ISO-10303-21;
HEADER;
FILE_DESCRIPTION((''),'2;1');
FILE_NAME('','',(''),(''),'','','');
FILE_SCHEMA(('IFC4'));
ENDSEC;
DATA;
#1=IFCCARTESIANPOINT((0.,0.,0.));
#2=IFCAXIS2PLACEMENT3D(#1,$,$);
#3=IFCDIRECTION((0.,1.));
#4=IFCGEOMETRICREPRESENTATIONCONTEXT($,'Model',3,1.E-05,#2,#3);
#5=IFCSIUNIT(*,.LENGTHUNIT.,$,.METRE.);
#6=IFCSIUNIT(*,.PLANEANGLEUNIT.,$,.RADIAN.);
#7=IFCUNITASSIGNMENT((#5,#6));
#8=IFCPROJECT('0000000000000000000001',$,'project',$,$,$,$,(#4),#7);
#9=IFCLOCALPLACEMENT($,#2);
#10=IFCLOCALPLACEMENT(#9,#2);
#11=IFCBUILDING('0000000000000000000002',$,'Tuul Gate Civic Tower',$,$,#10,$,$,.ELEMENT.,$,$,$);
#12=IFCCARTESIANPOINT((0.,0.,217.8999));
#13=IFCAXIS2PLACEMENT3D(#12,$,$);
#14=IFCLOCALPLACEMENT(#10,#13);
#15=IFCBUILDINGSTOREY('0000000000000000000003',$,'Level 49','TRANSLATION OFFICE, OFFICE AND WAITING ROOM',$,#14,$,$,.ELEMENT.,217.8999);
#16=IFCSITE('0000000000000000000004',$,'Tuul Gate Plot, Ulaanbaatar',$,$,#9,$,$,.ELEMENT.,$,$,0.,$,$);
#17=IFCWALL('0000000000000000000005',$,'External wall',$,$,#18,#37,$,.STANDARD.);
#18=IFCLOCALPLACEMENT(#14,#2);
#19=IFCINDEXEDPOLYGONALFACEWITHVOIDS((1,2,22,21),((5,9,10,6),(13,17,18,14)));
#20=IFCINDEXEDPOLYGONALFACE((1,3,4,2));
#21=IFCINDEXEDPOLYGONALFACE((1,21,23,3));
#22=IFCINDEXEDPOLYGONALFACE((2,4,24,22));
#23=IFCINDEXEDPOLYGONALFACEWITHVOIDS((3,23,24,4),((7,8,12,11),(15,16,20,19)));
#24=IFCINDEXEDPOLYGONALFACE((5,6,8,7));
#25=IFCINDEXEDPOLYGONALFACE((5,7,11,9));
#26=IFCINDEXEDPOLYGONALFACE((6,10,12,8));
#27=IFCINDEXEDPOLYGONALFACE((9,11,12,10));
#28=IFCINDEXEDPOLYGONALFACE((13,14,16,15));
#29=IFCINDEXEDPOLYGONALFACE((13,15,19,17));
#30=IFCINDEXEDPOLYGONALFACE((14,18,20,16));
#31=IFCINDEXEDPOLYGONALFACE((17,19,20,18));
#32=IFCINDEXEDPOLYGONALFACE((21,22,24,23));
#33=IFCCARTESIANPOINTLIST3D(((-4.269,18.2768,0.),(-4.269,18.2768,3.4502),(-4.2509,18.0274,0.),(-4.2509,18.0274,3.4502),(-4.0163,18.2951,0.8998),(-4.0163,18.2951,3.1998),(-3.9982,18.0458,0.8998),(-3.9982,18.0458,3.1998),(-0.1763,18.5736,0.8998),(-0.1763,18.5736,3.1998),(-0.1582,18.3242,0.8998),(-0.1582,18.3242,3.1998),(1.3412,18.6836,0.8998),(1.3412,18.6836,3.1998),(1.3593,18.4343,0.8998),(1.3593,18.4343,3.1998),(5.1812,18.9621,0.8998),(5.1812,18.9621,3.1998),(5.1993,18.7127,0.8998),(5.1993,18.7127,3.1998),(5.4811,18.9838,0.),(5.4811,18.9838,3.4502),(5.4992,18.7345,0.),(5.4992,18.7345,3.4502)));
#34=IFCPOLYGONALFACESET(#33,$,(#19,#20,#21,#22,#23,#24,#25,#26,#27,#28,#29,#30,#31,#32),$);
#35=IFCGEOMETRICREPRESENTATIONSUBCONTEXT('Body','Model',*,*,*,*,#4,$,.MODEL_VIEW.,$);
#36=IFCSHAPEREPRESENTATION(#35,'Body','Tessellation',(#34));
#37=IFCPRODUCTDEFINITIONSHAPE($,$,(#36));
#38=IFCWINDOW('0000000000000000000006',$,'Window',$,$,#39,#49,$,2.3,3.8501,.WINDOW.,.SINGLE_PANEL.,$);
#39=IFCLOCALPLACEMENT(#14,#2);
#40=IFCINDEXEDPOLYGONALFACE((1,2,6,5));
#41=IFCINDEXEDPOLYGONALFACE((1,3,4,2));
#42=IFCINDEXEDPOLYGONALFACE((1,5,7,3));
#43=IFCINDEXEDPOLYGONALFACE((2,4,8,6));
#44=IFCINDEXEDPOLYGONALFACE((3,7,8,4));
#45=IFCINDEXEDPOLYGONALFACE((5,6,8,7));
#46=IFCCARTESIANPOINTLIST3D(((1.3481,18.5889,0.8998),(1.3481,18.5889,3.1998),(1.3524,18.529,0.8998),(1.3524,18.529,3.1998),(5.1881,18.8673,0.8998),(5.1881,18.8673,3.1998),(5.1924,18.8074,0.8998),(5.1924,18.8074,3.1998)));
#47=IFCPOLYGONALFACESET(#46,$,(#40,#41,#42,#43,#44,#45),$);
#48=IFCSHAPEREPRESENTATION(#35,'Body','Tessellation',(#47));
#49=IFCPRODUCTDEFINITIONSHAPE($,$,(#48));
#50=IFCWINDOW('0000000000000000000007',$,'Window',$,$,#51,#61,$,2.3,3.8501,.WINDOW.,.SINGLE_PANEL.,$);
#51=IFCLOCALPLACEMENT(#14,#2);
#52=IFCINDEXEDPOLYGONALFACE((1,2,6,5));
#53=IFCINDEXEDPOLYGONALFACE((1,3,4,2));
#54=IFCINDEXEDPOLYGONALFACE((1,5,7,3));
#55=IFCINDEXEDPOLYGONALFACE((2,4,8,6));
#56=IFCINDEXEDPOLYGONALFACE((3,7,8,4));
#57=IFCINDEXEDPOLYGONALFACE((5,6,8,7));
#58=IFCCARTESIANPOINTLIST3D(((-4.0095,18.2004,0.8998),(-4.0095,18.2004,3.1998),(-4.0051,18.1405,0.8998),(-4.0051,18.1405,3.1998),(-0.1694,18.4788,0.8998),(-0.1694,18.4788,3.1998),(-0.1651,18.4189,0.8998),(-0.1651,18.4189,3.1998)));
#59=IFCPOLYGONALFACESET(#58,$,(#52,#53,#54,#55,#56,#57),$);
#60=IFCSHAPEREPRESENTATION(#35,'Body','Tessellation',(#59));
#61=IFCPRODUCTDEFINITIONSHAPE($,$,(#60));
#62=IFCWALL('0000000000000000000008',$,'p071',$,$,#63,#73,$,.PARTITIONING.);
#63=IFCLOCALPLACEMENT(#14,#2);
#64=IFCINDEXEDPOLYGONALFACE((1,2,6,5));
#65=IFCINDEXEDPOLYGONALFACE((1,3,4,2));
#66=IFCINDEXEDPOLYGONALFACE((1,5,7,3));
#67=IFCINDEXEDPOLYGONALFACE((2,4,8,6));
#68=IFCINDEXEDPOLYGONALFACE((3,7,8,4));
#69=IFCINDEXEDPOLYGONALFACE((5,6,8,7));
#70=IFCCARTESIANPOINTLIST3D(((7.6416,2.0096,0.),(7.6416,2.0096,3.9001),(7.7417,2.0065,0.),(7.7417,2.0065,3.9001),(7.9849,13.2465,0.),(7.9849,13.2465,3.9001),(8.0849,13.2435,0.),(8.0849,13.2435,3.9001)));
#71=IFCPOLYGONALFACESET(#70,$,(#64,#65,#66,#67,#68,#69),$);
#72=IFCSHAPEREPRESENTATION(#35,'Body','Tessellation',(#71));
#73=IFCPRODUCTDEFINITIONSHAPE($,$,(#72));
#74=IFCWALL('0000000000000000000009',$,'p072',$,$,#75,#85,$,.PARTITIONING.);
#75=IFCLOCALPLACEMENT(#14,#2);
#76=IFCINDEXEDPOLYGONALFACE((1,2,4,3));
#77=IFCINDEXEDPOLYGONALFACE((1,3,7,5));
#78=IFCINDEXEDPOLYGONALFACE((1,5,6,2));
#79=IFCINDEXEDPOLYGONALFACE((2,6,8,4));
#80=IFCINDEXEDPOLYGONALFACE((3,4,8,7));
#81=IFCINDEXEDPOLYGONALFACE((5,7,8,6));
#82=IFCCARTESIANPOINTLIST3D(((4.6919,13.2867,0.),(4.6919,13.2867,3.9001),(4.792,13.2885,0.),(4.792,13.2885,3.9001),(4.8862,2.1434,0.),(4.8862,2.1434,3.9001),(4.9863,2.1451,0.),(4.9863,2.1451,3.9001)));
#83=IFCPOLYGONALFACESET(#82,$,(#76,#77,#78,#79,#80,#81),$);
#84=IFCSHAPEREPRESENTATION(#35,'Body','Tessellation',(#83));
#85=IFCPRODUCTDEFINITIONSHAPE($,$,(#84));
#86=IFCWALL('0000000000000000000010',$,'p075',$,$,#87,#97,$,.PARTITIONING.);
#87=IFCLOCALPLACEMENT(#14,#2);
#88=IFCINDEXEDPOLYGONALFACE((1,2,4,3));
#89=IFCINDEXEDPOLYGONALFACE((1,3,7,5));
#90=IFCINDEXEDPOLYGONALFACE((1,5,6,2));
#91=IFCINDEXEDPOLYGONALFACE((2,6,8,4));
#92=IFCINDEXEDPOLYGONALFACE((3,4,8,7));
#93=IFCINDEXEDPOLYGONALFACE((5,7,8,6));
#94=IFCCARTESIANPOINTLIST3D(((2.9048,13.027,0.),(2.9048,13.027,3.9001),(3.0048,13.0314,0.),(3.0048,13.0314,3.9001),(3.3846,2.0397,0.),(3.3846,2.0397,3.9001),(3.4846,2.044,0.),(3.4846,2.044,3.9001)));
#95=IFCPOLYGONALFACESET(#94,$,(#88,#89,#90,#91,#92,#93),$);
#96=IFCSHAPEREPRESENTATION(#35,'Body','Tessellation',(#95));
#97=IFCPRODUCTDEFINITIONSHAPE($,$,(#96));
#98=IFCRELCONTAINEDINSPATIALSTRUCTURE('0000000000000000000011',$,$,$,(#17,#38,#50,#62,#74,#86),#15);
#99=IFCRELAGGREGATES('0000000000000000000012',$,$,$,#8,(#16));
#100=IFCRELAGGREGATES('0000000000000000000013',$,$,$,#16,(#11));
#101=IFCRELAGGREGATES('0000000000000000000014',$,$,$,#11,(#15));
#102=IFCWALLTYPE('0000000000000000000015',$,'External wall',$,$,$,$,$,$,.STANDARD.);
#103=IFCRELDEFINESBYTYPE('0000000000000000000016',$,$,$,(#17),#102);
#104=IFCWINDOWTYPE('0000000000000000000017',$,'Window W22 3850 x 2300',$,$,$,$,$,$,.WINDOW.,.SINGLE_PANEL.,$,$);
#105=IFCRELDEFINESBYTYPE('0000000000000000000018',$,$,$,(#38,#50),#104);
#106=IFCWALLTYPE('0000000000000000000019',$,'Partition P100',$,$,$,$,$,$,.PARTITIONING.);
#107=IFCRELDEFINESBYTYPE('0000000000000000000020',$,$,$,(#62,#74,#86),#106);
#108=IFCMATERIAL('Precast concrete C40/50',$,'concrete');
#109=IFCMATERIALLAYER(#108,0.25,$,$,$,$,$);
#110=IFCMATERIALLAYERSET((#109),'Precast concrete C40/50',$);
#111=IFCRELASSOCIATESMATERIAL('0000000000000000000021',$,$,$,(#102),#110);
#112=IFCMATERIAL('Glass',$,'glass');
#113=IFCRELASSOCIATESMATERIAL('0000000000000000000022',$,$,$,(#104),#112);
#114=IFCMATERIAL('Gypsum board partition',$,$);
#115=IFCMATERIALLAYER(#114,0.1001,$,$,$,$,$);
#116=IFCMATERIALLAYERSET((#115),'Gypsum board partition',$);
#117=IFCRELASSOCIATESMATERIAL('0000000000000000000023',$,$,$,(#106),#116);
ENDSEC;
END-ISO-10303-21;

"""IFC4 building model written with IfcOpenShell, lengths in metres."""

from ifc_helpers import new_model, si_unit, direction, frame, frame_2d, origin, place, context, subcontext, project, spatial, rectangle, extrude, material, layer, layer_set, type_object, element, fill, save


model = new_model("IFC4")

# Units and contexts
model_context = context("Model", 3, precision=1e-05, world=origin(), true_north=direction((0.0, 1.0)))
body_context = subcontext(model_context, "Body", "Model", "MODEL_VIEW")
ifc_project = project(units=[si_unit("LENGTHUNIT", "METRE"), si_unit("PLANEANGLEUNIT", "RADIAN")], contexts=[model_context])

# Site, building, storey
site_placement = place(None, origin())
site = spatial("IfcSite", under=ifc_project, at=site_placement, Name="Tuul Gate Plot, Ulaanbaatar", CompositionType="ELEMENT", RefElevation=0.0)
building_placement = place(site_placement, origin())
building = spatial("IfcBuilding", under=site, at=building_placement, Name="Tuul Gate Civic Tower", CompositionType="ELEMENT")
storey_placement = place(building_placement, frame((0.0, 0.0, 217.8999)))
storey = spatial("IfcBuildingStorey", under=building, at=storey_placement, Name="Level 49", Description="TRANSLATION OFFICE, OFFICE AND WAITING ROOM", CompositionType="ELEMENT", Elevation=217.8999)

# Wall, openings, windows
ifc_material_1 = material(Name="Precast concrete C40/50", Category="concrete")
ifc_layer_1 = layer(ifc_material_1, 0.25)
ifc_layer_set_1 = layer_set([ifc_layer_1], Name="Precast concrete C40/50")
wall_type_1 = type_object("IfcWallType", Name="External wall", PredefinedType="STANDARD", material=ifc_layer_set_1)
wall_1_placement = place(storey_placement, frame((5.49, 18.8591, 0.0), z_axis=(0.0, 0.0, 1.0), x_axis=(-0.997381, -0.072326, 0.0)))
wall_1 = element("IfcWall", 1, at=wall_1_placement, inside=storey, type_object=wall_type_1, Name="External wall", PredefinedType="STANDARD", context=body_context, shape_type="SweptSolid", body=[
    extrude(rectangle(XDim=9.7756, YDim=0.25, at=frame_2d((4.8877, 0.0))), origin(), (0.0, 0.0, 1.0), 3.4502),
])
opening_1_placement = place(wall_1_placement, frame((0.3005, 0.0, 0.8999)))
opening_1 = element("IfcOpeningElement", 2, at=opening_1_placement, cuts=wall_1, PredefinedType="OPENING", context=body_context, shape_type="SweptSolid", body=[
    extrude(rectangle(XDim=3.8501, YDim=2.3, at=frame_2d((1.925, 1.1499))), frame((0.0, 0.135, 0.0), z_axis=(0.0, -1.0, 0.0), x_axis=(1.0, 0.0, 0.0)), (0.0, 0.0, 1.0), 0.27),
])
opening_2_placement = place(wall_1_placement, frame((5.6721, 0.0, 0.8999)))
opening_2 = element("IfcOpeningElement", 3, at=opening_2_placement, cuts=wall_1, PredefinedType="OPENING", context=body_context, shape_type="SweptSolid", body=[
    extrude(rectangle(XDim=3.8501, YDim=2.3, at=frame_2d((1.925, 1.1499))), frame((0.0, 0.135, 0.0), z_axis=(0.0, -1.0, 0.0), x_axis=(1.0, 0.0, 0.0)), (0.0, 0.0, 1.0), 0.27),
])
ifc_material_2 = material(Name="Glass", Category="glass")
window_type = type_object("IfcWindowType", Name="Window W22 3850 x 2300", PartitioningType="SINGLE_PANEL", PredefinedType="WINDOW", material=ifc_material_2)
window_1_placement = place(opening_1_placement, origin())
window_1 = element("IfcWindow", 4, at=window_1_placement, inside=storey, type_object=window_type, Name="Window", OverallHeight=2.3, OverallWidth=3.8501, PartitioningType="SINGLE_PANEL", PredefinedType="WINDOW", context=body_context, shape_type="SweptSolid", body=[
    extrude(rectangle(XDim=3.8501, YDim=2.3, at=frame_2d((1.925, 1.1499))), frame((0.0, 0.03, 0.0), z_axis=(0.0, -1.0, 0.0), x_axis=(1.0, 0.0, 0.0)), (0.0, 0.0, 1.0), 0.0601),
])
fill(opening_1, window_1)
window_2_placement = place(opening_2_placement, origin())
window_2 = element("IfcWindow", 5, at=window_2_placement, inside=storey, type_object=window_type, Name="Window", OverallHeight=2.3, OverallWidth=3.8501, PartitioningType="SINGLE_PANEL", PredefinedType="WINDOW", context=body_context, shape_type="SweptSolid", body=[
    extrude(rectangle(XDim=3.8501, YDim=2.3, at=frame_2d((1.925, 1.1499))), frame((0.0, 0.03, 0.0), z_axis=(0.0, -1.0, 0.0), x_axis=(1.0, 0.0, 0.0)), (0.0, 0.0, 1.0), 0.0601),
])
fill(opening_2, window_2)

# Walls
ifc_material_3 = material(Name="Gypsum board partition")
ifc_layer_2 = layer(ifc_material_3, 0.1001)
ifc_layer_set_2 = layer_set([ifc_layer_2], Name="Gypsum board partition")
wall_type_2 = type_object("IfcWallType", Name="Partition P100", PredefinedType="PARTITIONING", material=ifc_layer_set_2)
wall_2_placement = place(storey_placement, frame((7.6917, 2.0081, 0.0), z_axis=(0.0, 0.0, 1.0), x_axis=(0.030533, 0.999534, 0.0)))
element("IfcWall", 6, at=wall_2_placement, inside=storey, type_object=wall_type_2, Name="p071", PredefinedType="PARTITIONING", context=body_context, shape_type="SweptSolid", body=[
    extrude(rectangle(XDim=11.2422, YDim=0.1001, at=frame_2d((5.6211, 0.0))), origin(), (0.0, 0.0, 1.0), 3.9001),
])
wall_3_placement = place(storey_placement, frame((4.7419, 13.2876, 0.0), z_axis=(0.0, 0.0, 1.0), x_axis=(0.017437, -0.999848, 0.0)))
element("IfcWall", 7, at=wall_3_placement, inside=storey, type_object=wall_type_2, Name="p072", PredefinedType="PARTITIONING", context=body_context, shape_type="SweptSolid", body=[
    extrude(rectangle(XDim=11.145, YDim=0.1001, at=frame_2d((5.5725, 0.0))), origin(), (0.0, 0.0, 1.0), 3.9001),
])
wall_4_placement = place(storey_placement, frame((2.9548, 13.0293, 0.0), z_axis=(0.0, 0.0, 1.0), x_axis=(0.043621, -0.999048, 0.0)))
element("IfcWall", 8, at=wall_4_placement, inside=storey, type_object=wall_type_2, Name="p075", PredefinedType="PARTITIONING", context=body_context, shape_type="SweptSolid", body=[
    extrude(rectangle(XDim=10.9978, YDim=0.1001, at=frame_2d((5.499, 0.0))), origin(), (0.0, 0.0, 1.0), 3.9001),
])

save(model, "model.ifc")
